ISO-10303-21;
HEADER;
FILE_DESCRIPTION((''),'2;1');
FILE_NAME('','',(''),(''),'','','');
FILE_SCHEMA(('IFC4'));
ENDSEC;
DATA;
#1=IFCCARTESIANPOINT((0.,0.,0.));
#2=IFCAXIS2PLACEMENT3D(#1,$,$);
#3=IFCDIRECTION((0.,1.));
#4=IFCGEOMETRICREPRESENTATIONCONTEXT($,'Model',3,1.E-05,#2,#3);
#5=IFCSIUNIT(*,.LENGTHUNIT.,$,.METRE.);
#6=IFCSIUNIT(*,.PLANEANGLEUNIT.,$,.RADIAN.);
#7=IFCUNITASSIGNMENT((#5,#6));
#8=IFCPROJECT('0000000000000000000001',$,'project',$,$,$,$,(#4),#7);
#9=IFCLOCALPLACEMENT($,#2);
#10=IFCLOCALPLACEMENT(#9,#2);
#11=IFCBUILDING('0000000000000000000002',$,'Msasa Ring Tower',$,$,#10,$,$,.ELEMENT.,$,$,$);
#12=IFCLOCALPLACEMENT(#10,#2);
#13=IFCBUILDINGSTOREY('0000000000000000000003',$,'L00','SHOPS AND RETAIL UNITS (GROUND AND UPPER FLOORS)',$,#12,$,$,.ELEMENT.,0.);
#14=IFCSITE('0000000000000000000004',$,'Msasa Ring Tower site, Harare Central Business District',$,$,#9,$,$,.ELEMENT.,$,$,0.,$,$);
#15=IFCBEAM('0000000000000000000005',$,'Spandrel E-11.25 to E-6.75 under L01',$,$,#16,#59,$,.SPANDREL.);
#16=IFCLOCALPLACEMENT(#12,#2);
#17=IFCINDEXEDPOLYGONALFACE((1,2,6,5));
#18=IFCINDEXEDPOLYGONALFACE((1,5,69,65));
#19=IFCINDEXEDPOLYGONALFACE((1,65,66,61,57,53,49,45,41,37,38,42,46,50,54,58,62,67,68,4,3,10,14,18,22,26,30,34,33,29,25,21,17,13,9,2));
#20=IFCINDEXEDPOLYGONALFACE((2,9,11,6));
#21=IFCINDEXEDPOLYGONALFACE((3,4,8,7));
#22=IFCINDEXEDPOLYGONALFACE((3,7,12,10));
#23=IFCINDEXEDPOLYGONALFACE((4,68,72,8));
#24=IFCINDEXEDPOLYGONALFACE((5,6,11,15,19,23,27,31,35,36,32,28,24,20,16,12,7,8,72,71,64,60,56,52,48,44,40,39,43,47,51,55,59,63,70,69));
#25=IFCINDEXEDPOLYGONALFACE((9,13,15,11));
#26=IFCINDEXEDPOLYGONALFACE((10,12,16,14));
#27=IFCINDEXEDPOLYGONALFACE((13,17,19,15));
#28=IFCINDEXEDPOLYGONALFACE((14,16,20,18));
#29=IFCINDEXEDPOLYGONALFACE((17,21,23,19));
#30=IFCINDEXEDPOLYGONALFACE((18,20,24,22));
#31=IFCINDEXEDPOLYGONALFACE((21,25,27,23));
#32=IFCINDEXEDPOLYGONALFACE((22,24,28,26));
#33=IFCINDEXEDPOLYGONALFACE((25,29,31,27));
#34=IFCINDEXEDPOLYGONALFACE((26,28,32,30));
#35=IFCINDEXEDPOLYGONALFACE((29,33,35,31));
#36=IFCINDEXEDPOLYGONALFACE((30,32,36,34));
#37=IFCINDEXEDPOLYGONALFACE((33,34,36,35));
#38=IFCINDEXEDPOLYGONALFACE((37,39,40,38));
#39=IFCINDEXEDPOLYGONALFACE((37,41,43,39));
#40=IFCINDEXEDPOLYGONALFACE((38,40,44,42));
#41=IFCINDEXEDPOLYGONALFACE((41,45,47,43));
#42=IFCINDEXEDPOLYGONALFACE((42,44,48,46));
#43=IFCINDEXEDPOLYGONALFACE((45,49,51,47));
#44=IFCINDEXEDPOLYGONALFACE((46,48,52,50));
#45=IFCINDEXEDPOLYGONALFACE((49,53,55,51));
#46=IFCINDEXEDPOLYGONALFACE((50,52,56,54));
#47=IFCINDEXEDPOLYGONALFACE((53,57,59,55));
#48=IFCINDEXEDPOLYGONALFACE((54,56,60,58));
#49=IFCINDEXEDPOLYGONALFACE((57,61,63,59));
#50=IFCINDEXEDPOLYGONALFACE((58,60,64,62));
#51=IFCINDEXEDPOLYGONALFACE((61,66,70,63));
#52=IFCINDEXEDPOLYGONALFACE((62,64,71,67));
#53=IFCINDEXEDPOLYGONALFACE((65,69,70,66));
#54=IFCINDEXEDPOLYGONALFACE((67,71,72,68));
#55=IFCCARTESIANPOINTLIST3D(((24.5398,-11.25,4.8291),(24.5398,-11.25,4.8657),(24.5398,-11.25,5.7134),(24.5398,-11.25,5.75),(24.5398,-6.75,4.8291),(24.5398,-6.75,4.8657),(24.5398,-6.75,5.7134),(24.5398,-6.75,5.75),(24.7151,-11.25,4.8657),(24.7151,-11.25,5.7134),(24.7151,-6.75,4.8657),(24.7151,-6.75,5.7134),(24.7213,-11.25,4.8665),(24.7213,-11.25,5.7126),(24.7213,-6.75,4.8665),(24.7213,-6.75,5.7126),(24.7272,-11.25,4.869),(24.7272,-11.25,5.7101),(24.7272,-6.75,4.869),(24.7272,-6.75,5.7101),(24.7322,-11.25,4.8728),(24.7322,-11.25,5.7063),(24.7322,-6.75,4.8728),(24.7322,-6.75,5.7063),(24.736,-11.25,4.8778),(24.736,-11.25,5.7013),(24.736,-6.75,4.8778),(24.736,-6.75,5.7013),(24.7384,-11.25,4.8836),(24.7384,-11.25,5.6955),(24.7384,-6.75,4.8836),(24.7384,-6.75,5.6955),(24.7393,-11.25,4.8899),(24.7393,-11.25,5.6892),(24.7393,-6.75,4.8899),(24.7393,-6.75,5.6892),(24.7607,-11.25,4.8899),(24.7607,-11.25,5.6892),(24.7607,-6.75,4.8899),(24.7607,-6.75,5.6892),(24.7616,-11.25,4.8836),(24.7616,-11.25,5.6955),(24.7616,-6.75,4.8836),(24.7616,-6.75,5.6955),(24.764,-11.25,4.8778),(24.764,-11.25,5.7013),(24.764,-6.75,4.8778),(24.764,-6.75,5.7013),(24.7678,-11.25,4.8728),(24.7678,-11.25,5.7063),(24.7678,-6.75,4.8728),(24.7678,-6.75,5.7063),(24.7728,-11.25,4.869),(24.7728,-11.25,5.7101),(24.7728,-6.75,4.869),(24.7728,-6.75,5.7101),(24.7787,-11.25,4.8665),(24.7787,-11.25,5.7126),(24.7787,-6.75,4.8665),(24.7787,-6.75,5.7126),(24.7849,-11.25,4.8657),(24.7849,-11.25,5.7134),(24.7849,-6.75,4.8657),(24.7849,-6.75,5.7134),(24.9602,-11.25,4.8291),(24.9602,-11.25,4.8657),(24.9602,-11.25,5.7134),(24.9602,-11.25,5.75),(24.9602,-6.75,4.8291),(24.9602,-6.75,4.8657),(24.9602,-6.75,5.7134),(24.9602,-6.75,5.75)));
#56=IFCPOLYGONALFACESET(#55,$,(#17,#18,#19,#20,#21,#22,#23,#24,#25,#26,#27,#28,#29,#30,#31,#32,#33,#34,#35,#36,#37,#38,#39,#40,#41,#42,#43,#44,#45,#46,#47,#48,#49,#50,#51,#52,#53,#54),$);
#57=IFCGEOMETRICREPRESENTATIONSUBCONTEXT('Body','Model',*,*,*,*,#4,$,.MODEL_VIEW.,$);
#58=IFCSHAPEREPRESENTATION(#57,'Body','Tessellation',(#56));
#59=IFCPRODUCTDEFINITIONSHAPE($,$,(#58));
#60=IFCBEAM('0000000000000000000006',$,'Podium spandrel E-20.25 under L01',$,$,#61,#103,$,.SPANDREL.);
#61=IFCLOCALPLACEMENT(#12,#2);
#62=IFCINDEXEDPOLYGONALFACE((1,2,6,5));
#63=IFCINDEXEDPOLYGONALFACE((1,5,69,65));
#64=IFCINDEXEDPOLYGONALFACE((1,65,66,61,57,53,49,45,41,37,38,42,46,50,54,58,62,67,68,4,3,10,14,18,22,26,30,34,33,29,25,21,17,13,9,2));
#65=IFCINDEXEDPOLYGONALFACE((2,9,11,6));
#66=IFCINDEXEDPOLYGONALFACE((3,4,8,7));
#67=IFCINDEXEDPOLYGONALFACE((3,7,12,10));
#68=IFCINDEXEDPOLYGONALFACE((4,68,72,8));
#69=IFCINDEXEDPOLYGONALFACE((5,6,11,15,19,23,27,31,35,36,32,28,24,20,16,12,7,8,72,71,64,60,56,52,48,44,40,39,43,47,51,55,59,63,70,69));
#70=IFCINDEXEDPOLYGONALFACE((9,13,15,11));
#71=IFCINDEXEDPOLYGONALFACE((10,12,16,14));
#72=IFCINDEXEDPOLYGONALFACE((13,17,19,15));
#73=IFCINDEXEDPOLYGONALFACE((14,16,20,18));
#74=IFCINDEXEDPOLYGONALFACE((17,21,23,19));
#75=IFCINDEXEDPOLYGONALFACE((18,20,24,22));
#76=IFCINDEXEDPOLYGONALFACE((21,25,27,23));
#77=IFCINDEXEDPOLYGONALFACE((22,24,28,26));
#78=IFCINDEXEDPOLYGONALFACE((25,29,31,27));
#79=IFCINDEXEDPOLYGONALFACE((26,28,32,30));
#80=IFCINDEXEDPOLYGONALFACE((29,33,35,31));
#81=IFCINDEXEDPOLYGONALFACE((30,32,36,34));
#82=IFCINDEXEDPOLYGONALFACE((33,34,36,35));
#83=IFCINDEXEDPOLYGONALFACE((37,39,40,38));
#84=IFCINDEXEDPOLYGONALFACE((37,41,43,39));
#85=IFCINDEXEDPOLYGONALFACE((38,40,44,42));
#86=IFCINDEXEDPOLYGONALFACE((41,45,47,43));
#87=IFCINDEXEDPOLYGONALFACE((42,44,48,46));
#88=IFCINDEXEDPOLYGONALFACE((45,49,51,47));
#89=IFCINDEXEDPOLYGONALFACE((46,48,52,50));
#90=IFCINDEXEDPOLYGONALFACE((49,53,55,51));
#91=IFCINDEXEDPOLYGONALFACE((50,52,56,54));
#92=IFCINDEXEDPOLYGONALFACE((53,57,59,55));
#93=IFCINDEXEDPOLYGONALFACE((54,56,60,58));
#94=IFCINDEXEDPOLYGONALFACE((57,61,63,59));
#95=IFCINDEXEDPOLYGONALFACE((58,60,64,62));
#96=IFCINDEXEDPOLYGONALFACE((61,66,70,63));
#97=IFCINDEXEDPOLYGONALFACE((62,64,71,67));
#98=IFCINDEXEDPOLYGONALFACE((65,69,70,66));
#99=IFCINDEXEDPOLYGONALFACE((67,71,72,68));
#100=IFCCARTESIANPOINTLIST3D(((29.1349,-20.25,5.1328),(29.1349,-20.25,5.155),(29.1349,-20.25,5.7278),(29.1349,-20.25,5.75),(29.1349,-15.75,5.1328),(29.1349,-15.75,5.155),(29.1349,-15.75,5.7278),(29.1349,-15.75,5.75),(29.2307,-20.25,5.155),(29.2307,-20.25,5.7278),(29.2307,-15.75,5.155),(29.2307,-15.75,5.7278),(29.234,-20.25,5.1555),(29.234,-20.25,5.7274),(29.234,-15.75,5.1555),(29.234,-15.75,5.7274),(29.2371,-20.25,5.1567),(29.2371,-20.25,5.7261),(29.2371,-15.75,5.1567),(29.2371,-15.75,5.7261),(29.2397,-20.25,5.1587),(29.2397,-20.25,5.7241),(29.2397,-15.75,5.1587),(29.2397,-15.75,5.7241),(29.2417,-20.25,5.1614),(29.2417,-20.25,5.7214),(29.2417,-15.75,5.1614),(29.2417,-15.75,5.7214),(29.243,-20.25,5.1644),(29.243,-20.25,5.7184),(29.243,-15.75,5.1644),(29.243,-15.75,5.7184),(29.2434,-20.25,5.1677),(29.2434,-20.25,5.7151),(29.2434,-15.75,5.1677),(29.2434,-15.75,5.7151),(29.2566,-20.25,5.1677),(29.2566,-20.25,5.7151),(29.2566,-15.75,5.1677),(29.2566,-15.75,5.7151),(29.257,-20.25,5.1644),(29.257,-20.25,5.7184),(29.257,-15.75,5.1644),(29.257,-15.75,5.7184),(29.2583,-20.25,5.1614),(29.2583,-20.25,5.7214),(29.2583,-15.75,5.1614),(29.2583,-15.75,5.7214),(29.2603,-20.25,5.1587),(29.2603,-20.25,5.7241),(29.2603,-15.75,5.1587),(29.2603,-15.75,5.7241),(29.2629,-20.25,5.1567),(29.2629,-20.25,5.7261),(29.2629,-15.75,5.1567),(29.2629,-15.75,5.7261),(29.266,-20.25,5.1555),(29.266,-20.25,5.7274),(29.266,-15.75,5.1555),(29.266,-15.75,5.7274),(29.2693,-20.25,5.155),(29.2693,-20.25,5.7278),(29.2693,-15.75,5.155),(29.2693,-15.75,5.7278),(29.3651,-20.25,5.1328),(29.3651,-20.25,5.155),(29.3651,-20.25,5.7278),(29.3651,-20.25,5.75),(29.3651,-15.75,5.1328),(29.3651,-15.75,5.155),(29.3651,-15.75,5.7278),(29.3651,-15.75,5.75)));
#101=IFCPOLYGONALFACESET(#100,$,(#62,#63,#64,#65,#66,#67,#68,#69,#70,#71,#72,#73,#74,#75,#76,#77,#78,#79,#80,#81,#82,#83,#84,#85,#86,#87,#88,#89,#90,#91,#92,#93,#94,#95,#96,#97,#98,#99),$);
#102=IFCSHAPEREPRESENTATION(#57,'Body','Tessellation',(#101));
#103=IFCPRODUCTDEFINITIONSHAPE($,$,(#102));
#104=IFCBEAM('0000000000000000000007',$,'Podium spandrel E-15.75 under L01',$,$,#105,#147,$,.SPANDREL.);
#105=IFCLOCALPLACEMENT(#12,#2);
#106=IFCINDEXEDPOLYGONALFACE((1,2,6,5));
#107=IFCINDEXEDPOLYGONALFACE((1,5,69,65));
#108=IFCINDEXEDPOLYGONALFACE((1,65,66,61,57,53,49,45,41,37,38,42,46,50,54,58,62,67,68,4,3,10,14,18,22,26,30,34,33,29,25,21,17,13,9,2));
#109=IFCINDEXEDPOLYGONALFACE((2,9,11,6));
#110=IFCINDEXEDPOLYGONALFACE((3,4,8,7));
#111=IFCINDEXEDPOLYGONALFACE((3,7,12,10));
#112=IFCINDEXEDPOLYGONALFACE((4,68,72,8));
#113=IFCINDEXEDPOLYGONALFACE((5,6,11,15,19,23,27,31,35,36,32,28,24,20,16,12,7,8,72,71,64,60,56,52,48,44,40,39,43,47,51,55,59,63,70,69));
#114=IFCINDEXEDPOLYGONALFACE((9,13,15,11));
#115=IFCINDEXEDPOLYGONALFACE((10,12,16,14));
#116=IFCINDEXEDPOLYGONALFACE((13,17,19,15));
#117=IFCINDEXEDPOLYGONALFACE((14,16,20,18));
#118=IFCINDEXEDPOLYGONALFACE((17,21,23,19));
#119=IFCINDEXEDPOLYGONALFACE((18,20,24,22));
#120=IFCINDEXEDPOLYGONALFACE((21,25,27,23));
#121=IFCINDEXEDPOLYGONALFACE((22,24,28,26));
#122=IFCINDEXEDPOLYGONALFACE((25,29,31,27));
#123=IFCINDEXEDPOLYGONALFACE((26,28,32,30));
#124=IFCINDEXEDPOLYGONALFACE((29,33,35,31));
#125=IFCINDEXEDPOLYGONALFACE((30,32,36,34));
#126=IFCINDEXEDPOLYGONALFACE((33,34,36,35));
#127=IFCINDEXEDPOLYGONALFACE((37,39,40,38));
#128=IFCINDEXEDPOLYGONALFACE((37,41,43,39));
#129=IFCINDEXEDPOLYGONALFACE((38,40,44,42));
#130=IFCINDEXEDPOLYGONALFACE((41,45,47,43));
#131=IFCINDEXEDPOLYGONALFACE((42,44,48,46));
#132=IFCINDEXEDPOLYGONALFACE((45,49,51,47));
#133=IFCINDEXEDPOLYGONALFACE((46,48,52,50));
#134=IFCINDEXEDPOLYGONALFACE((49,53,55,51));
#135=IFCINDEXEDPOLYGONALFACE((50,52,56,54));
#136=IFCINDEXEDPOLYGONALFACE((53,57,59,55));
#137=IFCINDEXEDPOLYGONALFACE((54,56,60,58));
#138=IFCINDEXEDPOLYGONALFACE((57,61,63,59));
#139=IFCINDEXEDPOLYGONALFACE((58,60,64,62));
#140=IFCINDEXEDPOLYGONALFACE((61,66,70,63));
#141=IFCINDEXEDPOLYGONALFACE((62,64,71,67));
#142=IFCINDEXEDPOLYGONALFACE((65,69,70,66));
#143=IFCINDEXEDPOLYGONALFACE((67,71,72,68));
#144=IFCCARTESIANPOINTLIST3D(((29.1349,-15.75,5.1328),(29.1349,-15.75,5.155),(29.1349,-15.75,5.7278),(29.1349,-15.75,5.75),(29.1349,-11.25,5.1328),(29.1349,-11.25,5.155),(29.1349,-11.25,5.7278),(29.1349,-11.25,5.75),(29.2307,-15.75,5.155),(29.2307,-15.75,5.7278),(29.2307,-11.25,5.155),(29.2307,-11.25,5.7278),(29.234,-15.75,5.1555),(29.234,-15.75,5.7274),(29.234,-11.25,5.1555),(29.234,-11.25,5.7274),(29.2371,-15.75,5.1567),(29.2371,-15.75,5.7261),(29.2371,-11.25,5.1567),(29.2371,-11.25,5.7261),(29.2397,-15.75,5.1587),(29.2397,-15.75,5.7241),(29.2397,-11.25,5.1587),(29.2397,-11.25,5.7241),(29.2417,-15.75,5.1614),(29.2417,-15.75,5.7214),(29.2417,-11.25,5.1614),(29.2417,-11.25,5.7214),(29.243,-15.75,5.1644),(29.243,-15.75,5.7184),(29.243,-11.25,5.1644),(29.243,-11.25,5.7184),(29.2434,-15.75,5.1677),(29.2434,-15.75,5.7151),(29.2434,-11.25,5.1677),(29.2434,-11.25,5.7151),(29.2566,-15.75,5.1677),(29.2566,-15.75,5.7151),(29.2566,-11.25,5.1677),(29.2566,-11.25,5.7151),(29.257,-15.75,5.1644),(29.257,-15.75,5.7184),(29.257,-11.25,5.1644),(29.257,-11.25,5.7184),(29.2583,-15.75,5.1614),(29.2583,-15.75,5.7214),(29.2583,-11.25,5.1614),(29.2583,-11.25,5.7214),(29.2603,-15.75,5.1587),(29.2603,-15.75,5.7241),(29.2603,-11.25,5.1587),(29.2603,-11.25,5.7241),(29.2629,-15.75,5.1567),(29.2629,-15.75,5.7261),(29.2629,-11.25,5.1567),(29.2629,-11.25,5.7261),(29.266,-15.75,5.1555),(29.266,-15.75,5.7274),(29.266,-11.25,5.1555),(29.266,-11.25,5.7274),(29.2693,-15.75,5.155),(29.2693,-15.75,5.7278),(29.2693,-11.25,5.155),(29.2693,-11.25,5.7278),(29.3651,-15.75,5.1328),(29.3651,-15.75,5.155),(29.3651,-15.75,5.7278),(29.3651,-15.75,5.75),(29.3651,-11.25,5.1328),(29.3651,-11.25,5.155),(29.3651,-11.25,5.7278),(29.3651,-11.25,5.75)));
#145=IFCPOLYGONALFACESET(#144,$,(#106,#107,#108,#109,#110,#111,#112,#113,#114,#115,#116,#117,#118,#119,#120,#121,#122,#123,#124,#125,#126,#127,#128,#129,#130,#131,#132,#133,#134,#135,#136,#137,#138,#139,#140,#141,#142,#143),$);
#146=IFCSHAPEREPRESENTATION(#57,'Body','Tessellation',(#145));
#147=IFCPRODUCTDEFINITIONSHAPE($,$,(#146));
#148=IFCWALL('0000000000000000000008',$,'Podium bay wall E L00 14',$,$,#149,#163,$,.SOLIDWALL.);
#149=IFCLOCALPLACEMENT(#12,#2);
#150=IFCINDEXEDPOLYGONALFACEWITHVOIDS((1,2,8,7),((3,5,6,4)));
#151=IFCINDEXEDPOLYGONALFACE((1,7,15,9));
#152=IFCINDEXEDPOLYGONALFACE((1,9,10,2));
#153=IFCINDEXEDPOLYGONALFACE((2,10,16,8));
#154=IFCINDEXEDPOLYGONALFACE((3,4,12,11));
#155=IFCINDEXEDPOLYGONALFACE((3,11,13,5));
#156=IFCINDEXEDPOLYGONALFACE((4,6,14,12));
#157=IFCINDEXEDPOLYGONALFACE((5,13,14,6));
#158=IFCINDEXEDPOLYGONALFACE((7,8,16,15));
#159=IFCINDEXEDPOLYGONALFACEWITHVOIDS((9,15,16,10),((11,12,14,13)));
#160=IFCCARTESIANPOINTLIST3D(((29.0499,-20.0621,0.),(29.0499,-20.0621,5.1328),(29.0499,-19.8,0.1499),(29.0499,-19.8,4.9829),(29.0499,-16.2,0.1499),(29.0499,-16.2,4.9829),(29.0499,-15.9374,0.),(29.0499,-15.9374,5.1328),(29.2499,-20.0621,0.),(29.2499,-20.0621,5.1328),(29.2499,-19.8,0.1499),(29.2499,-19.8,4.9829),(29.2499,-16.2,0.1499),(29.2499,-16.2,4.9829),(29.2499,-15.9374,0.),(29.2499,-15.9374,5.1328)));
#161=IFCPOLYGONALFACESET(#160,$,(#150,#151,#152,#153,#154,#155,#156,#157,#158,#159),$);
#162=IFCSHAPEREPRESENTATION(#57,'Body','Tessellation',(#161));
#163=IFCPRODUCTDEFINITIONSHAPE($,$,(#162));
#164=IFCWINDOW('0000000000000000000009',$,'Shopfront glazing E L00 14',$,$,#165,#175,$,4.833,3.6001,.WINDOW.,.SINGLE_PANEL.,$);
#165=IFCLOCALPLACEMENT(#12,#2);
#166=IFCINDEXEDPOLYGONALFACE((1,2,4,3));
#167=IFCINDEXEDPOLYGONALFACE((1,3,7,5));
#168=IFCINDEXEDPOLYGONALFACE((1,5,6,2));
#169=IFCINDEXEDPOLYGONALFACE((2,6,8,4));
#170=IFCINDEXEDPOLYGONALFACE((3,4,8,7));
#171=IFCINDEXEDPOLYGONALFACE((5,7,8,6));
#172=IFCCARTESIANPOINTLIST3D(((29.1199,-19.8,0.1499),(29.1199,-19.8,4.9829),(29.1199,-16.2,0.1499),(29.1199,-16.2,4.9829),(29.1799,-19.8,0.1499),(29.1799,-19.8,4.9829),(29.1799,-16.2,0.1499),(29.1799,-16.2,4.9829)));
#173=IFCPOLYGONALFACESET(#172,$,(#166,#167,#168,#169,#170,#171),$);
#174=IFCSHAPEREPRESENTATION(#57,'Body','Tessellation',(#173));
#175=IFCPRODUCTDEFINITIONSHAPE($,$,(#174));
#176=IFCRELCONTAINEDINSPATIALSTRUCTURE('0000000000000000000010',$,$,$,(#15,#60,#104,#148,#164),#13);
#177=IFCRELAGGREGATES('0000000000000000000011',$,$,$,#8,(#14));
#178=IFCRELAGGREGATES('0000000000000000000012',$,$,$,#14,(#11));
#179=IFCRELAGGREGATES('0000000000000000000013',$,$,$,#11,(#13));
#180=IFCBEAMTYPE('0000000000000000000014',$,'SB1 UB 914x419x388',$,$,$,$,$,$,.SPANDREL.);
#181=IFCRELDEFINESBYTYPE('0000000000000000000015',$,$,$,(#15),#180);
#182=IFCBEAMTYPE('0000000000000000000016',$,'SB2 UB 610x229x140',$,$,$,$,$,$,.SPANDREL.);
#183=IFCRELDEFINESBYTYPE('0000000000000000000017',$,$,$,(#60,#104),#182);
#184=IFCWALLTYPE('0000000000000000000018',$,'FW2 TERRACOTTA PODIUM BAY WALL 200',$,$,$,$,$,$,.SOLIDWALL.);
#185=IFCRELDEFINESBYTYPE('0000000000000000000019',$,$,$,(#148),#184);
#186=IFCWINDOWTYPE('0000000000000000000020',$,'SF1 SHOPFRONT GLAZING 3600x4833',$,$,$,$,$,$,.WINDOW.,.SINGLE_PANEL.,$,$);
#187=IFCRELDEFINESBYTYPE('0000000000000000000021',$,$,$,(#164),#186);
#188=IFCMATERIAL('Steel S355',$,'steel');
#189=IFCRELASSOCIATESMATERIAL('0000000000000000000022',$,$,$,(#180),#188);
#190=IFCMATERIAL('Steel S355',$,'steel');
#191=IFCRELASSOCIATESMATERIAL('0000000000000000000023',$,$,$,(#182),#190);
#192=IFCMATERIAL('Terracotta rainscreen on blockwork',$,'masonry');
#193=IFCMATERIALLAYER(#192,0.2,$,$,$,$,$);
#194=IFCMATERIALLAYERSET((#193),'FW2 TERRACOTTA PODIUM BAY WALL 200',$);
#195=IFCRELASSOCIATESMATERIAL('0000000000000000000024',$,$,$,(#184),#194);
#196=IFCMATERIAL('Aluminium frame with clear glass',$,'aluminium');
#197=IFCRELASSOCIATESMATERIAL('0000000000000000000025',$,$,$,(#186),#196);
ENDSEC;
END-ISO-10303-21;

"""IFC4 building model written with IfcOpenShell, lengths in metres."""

from ifc_helpers import new_model, si_unit, direction, frame, frame_2d, origin, origin_2d, place, context, subcontext, project, spatial, rectangle, i_section, extrude, material, layer, layer_set, material_profile, profile_set, type_object, element, fill, save


model = new_model("IFC4")

# Units and contexts
model_context = context("Model", 3, precision=1e-05, world=origin(), true_north=direction((0.0, 1.0)))
body_context = subcontext(model_context, "Body", "Model", "MODEL_VIEW")
ifc_project = project(units=[si_unit("LENGTHUNIT", "METRE"), si_unit("PLANEANGLEUNIT", "RADIAN")], contexts=[model_context])

# Site, building, storey
site_placement = place(None, origin())
site = spatial("IfcSite", under=ifc_project, at=site_placement, Name="Msasa Ring Tower site, Harare Central Business District", CompositionType="ELEMENT", RefElevation=0.0)
building_placement = place(site_placement, origin())
building = spatial("IfcBuilding", under=site, at=building_placement, Name="Msasa Ring Tower", CompositionType="ELEMENT")
storey_placement = place(building_placement, origin())
storey = spatial("IfcBuildingStorey", under=building, at=storey_placement, Name="L00", Description="SHOPS AND RETAIL UNITS (GROUND AND UPPER FLOORS)", CompositionType="ELEMENT", Elevation=0.0)

# Beams
ifc_material_1 = material(Name="Steel S355", Category="steel")
ifc_material_profile_1 = material_profile(ifc_material_1, i_section(OverallWidth=0.4204, OverallDepth=0.9209, WebThickness=0.0215, FlangeThickness=0.0366, FilletRadius=0.0242, at=origin_2d()), Name="UB 914x419x388")
ifc_profile_set_1 = profile_set([ifc_material_profile_1], Name="Steel S355")
beam_type_1 = type_object("IfcBeamType", Name="SB1 UB 914x419x388", PredefinedType="SPANDREL", material=ifc_profile_set_1)
for number, where, z_axis, x_axis, name in (
    (1, (24.75, -11.25, 5.2896), (0.0, 1.0, 0.0), (-1.0, 0.0, 0.0), "Spandrel E-11.25 to E-6.75 under L01"),
):
    element("IfcBeam", number, at=place(storey_placement, frame(where, z_axis=z_axis, x_axis=x_axis)), inside=storey, type_object=beam_type_1, Name=name, PredefinedType="SPANDREL", context=body_context, shape_type="SweptSolid", body=[
        extrude(i_section(OverallWidth=0.4204, OverallDepth=0.9209, WebThickness=0.0215, FlangeThickness=0.0366, FilletRadius=0.0242, at=origin_2d()), origin(), (0.0, 0.0, 1.0), 4.5),
    ])
ifc_material_2 = material(Name="Steel S355", Category="steel")
ifc_material_profile_2 = material_profile(ifc_material_2, i_section(OverallWidth=0.2302, OverallDepth=0.6172, WebThickness=0.0132, FlangeThickness=0.0222, FilletRadius=0.0127, at=origin_2d()), Name="UB 610x229x140")
ifc_profile_set_2 = profile_set([ifc_material_profile_2], Name="Steel S355")
beam_type_2 = type_object("IfcBeamType", Name="SB2 UB 610x229x140", PredefinedType="SPANDREL", material=ifc_profile_set_2)
for number, where, z_axis, x_axis, name in (
    (2, (29.25, -20.25, 5.4414), (0.0, 1.0, 0.0), (-1.0, 0.0, 0.0), "Podium spandrel E-20.25 under L01"),
    (3, (29.25, -15.75, 5.4414), (0.0, 1.0, 0.0), (-1.0, 0.0, 0.0), "Podium spandrel E-15.75 under L01"),
):
    element("IfcBeam", number, at=place(storey_placement, frame(where, z_axis=z_axis, x_axis=x_axis)), inside=storey, type_object=beam_type_2, Name=name, PredefinedType="SPANDREL", context=body_context, shape_type="SweptSolid", body=[
        extrude(i_section(OverallWidth=0.2302, OverallDepth=0.6172, WebThickness=0.0132, FlangeThickness=0.0222, FilletRadius=0.0127, at=origin_2d()), origin(), (0.0, 0.0, 1.0), 4.5),
    ])

# Wall, opening, window
ifc_material_3 = material(Name="Terracotta rainscreen on blockwork", Category="masonry")
ifc_layer_1 = layer(ifc_material_3, 0.2)
ifc_layer_set_1 = layer_set([ifc_layer_1], Name="FW2 TERRACOTTA PODIUM BAY WALL 200")
wall_type_1 = type_object("IfcWallType", Name="FW2 TERRACOTTA PODIUM BAY WALL 200", PredefinedType="SOLIDWALL", material=ifc_layer_set_1)
wall_1_placement = place(storey_placement, frame((29.1499, -20.0623, 0.0), z_axis=(0.0, 0.0, 1.0), x_axis=(0.0, 1.0, 0.0)))
wall_1 = element("IfcWall", 4, at=wall_1_placement, inside=storey, type_object=wall_type_1, Name="Podium bay wall E L00 14", PredefinedType="SOLIDWALL", context=body_context, shape_type="SweptSolid", body=[
    extrude(rectangle(XDim=4.1248, YDim=0.2, at=frame_2d((2.0625, 0.0))), origin(), (0.0, 0.0, 1.0), 5.1328),
])
opening_1_placement = place(wall_1_placement, frame((0.2622, 0.0, 0.1499)))
opening_1 = element("IfcOpeningElement", 5, at=opening_1_placement, cuts=wall_1, PredefinedType="OPENING", context=body_context, shape_type="SweptSolid", body=[
    extrude(rectangle(XDim=3.6001, YDim=4.833, at=frame_2d((1.8, 2.4165))), frame((0.0, 0.1099, 0.0), z_axis=(0.0, -1.0, 0.0), x_axis=(1.0, 0.0, 0.0)), (0.0, 0.0, 1.0), 0.22),
])
ifc_material_4 = material(Name="Aluminium frame with clear glass", Category="aluminium")
window_type = type_object("IfcWindowType", Name="SF1 SHOPFRONT GLAZING 3600x4833", PartitioningType="SINGLE_PANEL", PredefinedType="WINDOW", material=ifc_material_4)
window_1_placement = place(opening_1_placement, origin())
window_1 = element("IfcWindow", 6, at=window_1_placement, inside=storey, type_object=window_type, Name="Shopfront glazing E L00 14", OverallHeight=4.833, OverallWidth=3.6001, PartitioningType="SINGLE_PANEL", PredefinedType="WINDOW", context=body_context, shape_type="SweptSolid", body=[
    extrude(rectangle(XDim=3.6001, YDim=4.833, at=frame_2d((1.8, 2.4165))), frame((0.0, 0.03, 0.0), z_axis=(0.0, -1.0, 0.0), x_axis=(1.0, 0.0, 0.0)), (0.0, 0.0, 1.0), 0.0601),
])
fill(opening_1, window_1)

save(model, "model.ifc")
